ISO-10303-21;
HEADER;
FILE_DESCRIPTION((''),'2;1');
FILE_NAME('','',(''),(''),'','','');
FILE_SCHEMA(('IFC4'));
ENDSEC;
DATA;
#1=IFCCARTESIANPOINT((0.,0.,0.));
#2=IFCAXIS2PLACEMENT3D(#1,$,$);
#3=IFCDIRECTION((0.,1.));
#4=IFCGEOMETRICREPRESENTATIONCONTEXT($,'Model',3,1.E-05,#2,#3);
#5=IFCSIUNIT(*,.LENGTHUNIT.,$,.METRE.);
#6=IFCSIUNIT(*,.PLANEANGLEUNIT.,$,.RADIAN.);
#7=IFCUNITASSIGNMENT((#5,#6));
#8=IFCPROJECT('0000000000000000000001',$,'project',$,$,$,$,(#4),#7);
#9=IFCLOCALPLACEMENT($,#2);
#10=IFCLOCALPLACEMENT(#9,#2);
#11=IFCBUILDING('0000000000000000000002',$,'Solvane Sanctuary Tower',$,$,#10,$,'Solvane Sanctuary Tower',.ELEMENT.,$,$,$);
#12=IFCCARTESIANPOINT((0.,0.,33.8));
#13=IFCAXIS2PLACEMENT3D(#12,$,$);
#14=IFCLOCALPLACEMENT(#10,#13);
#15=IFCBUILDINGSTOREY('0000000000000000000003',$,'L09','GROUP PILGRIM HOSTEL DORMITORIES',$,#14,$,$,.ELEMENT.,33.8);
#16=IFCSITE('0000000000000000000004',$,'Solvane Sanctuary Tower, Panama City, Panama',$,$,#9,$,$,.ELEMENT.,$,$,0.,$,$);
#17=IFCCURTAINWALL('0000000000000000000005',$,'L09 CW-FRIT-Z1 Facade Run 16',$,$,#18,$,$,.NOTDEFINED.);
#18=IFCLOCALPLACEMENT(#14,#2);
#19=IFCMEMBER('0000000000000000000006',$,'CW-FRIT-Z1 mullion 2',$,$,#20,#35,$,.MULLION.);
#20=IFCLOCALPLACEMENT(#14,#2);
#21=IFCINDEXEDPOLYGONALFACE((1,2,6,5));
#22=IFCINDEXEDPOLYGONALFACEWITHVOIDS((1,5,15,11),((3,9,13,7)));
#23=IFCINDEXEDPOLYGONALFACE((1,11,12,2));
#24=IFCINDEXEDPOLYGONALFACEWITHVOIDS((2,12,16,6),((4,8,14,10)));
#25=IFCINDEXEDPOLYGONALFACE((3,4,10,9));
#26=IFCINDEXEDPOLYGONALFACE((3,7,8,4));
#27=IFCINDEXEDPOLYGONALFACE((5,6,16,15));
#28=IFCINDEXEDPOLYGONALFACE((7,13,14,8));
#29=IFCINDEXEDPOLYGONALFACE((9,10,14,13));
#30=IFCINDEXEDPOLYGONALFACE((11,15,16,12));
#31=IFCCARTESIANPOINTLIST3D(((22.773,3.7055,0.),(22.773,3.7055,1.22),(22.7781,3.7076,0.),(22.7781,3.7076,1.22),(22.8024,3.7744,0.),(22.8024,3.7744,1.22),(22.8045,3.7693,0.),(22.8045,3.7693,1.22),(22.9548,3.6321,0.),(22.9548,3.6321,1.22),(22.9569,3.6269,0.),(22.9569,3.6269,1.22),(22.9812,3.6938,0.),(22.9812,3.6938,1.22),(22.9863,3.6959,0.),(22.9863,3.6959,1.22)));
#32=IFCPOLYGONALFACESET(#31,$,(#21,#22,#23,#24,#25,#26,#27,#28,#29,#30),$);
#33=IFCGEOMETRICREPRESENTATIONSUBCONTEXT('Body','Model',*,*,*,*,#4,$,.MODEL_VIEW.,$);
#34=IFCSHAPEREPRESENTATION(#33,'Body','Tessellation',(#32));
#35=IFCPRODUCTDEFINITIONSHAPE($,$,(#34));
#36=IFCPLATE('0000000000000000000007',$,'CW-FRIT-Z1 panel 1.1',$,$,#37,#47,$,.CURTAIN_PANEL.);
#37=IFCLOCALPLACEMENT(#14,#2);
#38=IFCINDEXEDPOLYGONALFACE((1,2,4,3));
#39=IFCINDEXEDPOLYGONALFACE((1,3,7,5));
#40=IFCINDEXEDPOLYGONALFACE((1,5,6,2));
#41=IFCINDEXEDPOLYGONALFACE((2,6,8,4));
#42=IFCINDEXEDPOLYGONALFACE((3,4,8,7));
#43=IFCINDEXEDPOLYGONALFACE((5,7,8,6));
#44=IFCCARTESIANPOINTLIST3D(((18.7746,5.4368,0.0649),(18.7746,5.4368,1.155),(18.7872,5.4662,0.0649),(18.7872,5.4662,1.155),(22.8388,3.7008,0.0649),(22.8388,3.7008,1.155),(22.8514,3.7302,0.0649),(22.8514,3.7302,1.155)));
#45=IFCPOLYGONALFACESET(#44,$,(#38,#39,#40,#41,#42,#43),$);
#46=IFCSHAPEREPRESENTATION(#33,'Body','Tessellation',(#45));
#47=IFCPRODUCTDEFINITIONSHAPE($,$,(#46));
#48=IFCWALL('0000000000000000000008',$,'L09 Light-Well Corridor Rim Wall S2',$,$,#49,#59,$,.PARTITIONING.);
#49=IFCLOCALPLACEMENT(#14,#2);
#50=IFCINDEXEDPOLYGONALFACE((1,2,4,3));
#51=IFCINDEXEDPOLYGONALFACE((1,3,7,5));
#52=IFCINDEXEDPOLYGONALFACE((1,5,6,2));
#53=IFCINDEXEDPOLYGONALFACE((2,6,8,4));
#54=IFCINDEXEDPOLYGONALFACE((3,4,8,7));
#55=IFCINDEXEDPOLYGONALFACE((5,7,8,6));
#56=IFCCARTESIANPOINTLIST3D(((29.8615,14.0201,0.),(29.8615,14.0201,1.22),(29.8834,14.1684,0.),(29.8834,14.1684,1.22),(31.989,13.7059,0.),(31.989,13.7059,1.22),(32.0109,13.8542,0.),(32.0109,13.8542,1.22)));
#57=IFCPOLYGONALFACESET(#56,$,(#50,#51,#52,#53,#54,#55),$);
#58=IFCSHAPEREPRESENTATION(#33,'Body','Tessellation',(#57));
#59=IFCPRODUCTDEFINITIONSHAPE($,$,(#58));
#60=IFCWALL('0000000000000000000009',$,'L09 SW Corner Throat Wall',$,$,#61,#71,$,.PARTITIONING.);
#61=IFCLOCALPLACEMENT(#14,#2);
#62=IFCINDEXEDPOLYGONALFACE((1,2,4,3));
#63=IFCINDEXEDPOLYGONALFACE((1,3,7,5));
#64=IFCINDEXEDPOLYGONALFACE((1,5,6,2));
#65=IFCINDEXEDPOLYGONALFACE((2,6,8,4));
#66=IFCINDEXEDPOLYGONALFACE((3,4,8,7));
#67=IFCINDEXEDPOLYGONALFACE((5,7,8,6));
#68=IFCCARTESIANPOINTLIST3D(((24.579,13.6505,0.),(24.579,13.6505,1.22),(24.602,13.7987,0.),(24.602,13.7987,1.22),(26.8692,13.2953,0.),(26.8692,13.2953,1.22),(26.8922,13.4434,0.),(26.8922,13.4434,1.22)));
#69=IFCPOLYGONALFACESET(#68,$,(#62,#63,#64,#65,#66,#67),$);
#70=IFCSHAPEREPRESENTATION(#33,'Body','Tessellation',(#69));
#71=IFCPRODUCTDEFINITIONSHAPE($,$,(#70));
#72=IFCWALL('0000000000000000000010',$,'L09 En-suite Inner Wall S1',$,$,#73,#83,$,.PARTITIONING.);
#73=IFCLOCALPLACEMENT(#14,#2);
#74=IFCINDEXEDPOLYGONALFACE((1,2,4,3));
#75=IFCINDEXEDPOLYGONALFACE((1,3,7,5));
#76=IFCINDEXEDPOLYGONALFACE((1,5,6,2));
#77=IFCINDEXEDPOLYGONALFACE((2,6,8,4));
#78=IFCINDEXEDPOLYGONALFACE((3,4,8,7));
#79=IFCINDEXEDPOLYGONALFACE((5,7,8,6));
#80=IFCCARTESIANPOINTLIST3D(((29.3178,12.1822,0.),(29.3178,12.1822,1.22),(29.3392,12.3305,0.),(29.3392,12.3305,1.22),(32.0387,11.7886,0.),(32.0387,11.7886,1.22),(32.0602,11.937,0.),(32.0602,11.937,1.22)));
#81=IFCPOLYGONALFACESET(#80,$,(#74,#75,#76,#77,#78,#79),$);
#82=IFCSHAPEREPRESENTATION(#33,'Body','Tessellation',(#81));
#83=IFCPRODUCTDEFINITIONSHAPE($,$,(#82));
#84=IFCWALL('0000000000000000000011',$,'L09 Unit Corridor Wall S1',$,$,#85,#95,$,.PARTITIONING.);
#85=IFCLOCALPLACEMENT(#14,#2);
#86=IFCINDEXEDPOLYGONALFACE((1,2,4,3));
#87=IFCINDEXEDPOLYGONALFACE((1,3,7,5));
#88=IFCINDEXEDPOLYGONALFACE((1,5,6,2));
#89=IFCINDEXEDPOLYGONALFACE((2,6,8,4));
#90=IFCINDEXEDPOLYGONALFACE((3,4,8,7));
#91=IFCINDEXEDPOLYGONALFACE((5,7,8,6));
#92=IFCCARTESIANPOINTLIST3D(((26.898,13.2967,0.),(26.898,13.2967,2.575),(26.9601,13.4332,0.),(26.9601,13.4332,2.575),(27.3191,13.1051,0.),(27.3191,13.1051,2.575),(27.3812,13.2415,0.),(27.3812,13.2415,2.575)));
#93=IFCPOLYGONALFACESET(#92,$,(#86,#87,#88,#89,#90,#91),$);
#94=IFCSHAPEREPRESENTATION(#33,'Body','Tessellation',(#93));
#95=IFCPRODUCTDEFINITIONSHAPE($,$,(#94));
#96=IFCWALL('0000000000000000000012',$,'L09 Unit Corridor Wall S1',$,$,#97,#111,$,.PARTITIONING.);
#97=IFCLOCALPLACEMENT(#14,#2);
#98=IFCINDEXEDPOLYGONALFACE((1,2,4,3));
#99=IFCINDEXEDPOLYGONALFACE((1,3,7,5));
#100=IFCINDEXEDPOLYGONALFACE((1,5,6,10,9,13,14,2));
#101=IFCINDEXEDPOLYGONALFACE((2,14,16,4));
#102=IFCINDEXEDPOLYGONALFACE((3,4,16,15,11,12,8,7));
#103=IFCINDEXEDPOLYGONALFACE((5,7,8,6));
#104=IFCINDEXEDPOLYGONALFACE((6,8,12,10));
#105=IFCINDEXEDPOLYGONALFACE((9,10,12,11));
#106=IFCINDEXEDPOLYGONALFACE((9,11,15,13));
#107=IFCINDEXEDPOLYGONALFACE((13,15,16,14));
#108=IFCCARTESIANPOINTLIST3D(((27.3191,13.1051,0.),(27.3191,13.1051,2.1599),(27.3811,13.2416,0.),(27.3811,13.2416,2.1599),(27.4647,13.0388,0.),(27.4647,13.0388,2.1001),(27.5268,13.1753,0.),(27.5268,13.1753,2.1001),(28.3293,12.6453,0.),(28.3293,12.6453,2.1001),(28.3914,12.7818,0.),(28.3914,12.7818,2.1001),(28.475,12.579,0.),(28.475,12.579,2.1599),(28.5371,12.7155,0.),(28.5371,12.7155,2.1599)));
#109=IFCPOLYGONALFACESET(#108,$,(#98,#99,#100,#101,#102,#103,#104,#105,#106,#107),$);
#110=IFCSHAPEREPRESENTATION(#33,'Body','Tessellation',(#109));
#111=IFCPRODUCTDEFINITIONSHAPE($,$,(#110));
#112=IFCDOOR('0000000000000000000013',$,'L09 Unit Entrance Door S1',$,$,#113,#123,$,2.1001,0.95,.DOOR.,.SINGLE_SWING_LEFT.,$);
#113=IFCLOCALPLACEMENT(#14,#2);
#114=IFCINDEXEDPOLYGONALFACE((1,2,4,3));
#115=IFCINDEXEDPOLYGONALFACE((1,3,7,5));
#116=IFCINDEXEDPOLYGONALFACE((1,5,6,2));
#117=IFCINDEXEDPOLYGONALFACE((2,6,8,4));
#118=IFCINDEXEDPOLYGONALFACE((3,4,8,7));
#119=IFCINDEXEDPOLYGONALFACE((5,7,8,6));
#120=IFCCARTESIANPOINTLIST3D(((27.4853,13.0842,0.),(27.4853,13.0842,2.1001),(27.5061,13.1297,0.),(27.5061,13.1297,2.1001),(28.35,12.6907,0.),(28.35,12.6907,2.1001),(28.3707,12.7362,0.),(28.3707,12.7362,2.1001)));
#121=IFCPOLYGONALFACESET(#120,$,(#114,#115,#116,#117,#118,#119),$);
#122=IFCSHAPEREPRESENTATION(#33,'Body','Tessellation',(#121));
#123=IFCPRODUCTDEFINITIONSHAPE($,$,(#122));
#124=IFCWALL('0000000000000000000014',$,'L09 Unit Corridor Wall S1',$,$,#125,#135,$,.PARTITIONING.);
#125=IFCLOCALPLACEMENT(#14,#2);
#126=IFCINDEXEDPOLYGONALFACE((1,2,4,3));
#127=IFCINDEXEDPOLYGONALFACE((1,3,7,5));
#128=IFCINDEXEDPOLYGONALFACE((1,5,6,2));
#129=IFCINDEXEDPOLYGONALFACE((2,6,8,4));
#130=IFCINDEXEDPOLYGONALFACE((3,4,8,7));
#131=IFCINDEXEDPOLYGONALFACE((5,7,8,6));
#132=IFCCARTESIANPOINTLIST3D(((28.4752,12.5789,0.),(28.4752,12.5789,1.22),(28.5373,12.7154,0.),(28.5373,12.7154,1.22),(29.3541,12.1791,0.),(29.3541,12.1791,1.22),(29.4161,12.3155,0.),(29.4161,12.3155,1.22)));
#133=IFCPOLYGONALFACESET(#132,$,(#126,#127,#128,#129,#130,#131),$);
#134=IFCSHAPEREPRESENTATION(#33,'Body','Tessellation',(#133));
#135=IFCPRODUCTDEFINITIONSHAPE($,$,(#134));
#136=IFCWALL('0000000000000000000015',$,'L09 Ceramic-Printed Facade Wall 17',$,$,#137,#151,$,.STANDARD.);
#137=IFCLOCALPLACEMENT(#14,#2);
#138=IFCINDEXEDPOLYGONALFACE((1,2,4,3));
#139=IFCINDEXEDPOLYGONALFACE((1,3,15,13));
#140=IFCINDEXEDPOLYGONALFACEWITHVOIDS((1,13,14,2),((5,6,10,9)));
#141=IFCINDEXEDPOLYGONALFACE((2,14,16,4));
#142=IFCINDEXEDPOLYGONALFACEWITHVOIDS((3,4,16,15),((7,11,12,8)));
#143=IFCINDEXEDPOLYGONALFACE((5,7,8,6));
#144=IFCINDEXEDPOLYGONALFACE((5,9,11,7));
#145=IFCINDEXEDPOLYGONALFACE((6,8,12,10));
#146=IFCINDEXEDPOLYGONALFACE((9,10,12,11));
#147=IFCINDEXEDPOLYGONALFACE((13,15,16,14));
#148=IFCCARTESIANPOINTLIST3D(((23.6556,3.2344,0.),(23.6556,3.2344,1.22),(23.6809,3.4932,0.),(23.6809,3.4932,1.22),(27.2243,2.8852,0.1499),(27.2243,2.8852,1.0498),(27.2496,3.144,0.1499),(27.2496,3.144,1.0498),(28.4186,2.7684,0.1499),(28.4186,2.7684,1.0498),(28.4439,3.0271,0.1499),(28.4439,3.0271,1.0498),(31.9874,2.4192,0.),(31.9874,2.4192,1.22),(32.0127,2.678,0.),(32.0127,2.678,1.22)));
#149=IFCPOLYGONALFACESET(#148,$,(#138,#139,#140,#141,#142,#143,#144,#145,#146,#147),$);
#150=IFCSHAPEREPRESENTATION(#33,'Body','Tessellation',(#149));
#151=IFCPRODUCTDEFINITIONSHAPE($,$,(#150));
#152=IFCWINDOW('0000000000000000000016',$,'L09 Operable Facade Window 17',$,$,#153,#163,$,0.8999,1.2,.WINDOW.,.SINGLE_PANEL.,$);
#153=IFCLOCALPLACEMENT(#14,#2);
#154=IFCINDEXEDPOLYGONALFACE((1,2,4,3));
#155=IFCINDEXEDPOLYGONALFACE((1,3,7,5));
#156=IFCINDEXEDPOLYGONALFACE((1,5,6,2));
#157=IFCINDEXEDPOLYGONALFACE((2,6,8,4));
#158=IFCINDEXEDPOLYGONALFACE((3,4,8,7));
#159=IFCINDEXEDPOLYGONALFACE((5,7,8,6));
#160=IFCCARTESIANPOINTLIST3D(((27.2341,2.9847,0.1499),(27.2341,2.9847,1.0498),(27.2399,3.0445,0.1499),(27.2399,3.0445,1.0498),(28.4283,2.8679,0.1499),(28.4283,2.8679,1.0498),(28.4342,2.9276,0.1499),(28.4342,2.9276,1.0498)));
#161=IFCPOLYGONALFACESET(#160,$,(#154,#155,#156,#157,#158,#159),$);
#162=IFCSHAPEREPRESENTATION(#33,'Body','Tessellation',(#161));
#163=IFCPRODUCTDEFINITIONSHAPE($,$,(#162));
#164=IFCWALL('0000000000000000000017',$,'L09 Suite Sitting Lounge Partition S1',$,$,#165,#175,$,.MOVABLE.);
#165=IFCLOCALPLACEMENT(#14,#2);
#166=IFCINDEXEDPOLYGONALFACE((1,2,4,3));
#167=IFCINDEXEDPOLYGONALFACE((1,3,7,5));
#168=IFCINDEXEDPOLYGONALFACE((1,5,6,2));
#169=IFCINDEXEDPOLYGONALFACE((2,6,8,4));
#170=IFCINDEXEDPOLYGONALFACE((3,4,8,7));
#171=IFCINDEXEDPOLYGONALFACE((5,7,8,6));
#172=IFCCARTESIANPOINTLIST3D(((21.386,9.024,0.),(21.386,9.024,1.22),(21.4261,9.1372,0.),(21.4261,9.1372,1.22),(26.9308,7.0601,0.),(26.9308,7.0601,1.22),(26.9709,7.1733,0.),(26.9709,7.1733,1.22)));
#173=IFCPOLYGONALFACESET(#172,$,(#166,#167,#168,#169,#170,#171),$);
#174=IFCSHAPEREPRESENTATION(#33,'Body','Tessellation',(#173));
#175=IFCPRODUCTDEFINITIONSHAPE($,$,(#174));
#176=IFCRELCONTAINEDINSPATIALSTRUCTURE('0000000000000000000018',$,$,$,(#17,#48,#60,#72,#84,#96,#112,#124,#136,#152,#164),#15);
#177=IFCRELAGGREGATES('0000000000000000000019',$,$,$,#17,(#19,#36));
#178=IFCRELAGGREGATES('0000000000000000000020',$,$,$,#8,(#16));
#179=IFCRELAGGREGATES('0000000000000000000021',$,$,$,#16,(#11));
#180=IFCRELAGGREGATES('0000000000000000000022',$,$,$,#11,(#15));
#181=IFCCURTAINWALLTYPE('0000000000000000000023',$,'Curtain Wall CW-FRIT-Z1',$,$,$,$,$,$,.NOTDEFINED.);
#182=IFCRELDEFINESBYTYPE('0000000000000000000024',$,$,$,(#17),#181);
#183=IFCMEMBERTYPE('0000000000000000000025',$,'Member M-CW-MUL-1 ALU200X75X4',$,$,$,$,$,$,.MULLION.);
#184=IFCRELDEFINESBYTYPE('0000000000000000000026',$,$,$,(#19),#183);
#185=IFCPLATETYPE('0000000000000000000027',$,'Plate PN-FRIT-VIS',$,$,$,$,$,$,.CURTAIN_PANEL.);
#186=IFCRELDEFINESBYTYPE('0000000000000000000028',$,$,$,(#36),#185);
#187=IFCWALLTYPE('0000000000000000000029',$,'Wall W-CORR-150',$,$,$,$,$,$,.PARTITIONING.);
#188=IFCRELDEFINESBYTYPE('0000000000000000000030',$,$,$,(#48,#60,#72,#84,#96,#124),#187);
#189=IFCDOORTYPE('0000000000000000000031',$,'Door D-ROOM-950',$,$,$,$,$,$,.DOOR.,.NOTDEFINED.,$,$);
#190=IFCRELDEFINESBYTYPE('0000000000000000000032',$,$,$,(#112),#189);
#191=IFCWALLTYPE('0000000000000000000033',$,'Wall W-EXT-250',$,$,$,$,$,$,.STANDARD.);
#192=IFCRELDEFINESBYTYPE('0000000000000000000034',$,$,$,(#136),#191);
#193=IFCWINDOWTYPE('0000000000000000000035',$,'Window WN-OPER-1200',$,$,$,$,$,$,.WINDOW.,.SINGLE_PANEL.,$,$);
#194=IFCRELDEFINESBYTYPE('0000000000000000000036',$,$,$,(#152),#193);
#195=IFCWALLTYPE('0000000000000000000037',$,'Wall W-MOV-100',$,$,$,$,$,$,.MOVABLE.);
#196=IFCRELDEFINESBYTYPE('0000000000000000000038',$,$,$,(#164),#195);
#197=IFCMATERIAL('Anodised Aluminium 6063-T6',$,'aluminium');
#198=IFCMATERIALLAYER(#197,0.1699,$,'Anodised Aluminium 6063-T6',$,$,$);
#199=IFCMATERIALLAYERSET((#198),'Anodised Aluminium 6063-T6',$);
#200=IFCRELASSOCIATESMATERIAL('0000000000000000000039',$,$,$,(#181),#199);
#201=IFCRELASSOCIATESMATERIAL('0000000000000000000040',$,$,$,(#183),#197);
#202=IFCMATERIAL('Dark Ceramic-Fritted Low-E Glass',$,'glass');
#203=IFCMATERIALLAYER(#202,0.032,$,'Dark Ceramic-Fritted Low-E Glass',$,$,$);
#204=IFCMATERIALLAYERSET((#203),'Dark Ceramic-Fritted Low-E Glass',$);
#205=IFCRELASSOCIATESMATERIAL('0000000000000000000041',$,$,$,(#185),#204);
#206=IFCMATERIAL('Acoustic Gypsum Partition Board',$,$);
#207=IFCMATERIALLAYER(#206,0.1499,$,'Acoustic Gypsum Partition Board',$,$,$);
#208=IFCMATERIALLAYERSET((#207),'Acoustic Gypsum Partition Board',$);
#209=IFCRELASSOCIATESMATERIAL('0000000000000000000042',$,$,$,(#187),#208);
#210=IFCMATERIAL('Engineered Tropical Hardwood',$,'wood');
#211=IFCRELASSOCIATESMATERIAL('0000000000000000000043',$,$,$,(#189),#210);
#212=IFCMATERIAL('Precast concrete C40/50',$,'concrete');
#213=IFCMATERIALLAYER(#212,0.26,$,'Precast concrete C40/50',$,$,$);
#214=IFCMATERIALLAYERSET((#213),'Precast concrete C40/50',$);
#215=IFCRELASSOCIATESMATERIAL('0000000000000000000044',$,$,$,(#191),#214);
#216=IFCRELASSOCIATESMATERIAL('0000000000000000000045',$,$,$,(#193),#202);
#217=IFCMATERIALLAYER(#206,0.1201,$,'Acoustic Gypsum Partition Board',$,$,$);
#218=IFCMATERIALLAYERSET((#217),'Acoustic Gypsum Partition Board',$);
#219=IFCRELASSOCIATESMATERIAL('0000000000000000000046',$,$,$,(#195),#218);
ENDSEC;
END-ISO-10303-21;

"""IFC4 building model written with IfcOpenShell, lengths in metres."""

from ifc_helpers import new_model, si_unit, direction, frame, frame_2d, origin, origin_2d, place, context, subcontext, project, spatial, rectangle, hollow_rectangle, extrude, material, layer, layer_set, material_profile, profile_set, type_object, element, fill, aggregate, save


model = new_model("IFC4")

# Units and contexts
model_context = context("Model", 3, precision=1e-05, world=origin(), true_north=direction((0.0, 1.0)))
body_context = subcontext(model_context, "Body", "Model", "MODEL_VIEW")
ifc_project = project(units=[si_unit("LENGTHUNIT", "METRE"), si_unit("PLANEANGLEUNIT", "RADIAN")], contexts=[model_context])

# Site, building, storey
site_placement = place(None, origin())
site = spatial("IfcSite", under=ifc_project, at=site_placement, Name="Solvane Sanctuary Tower, Panama City, Panama", CompositionType="ELEMENT", RefElevation=0.0)
building_placement = place(site_placement, origin())
building = spatial("IfcBuilding", under=site, at=building_placement, Name="Solvane Sanctuary Tower", LongName="Solvane Sanctuary Tower", CompositionType="ELEMENT")
storey_placement = place(building_placement, frame((0.0, 0.0, 33.8)))
storey = spatial("IfcBuildingStorey", under=building, at=storey_placement, Name="L09", Description="GROUP PILGRIM HOSTEL DORMITORIES", CompositionType="ELEMENT", Elevation=33.8)

# Curtain wall, member, plate
ifc_material_1 = material(Name="Anodised Aluminium 6063-T6", Category="aluminium")
ifc_layer_1 = layer(ifc_material_1, 0.1699, Name="Anodised Aluminium 6063-T6")
ifc_layer_set_1 = layer_set([ifc_layer_1], Name="Anodised Aluminium 6063-T6")
curtain_wall_type = type_object("IfcCurtainWallType", Name="Curtain Wall CW-FRIT-Z1", PredefinedType="NOTDEFINED", material=ifc_layer_set_1)
curtain_wall_placement = place(storey_placement, origin())
curtain_wall = element("IfcCurtainWall", 1, at=curtain_wall_placement, inside=storey, type_object=curtain_wall_type, Name="L09 CW-FRIT-Z1 Facade Run 16", PredefinedType="NOTDEFINED")
ifc_material_profile_1 = material_profile(ifc_material_1, hollow_rectangle(XDim=0.075, YDim=0.2, WallThickness=0.0039, at=origin_2d()), Name="ALU200X75X4")
ifc_profile_set_1 = profile_set([ifc_material_profile_1], Name="Anodised Aluminium 6063-T6")
member_type = type_object("IfcMemberType", Name="Member M-CW-MUL-1 ALU200X75X4", PredefinedType="MULLION", material=ifc_profile_set_1)
member_placement = place(storey_placement, frame((22.8796, 3.7007, 0.0), z_axis=(0.0, 0.0, 1.0), x_axis=(0.39282, 0.919615, 0.0)))
member = element("IfcMember", 2, at=member_placement, type_object=member_type, Name="CW-FRIT-Z1 mullion 2", PredefinedType="MULLION", context=body_context, shape_type="SweptSolid", body=[
    extrude(hollow_rectangle(XDim=0.075, YDim=0.2, WallThickness=0.0039, at=origin_2d()), origin(), (0.0, 0.0, 1.0), 1.22),
])
ifc_material_2 = material(Name="Dark Ceramic-Fritted Low-E Glass", Category="glass")
ifc_layer_2 = layer(ifc_material_2, 0.032, Name="Dark Ceramic-Fritted Low-E Glass")
ifc_layer_set_2 = layer_set([ifc_layer_2], Name="Dark Ceramic-Fritted Low-E Glass")
plate_type = type_object("IfcPlateType", Name="Plate PN-FRIT-VIS", PredefinedType="CURTAIN_PANEL", material=ifc_layer_set_2)
plate_placement = place(storey_placement, frame((20.813, 4.5835, 0.0649), z_axis=(0.0, 0.0, 1.0), x_axis=(0.919615, -0.39282, 0.0)))
plate = element("IfcPlate", 3, at=plate_placement, type_object=plate_type, Name="CW-FRIT-Z1 panel 1.1", PredefinedType="CURTAIN_PANEL", context=body_context, shape_type="SweptSolid", body=[
    extrude(rectangle(XDim=4.4194, YDim=0.032, at=origin_2d()), origin(), (0.0, 0.0, 1.0), 1.0901),
])
aggregate(curtain_wall, [member, plate])

# Walls
ifc_material_3 = material(Name="Acoustic Gypsum Partition Board")
ifc_layer_3 = layer(ifc_material_3, 0.1499, Name="Acoustic Gypsum Partition Board")
ifc_layer_set_3 = layer_set([ifc_layer_3], Name="Acoustic Gypsum Partition Board")
wall_type_1 = type_object("IfcWallType", Name="Wall W-CORR-150", PredefinedType="PARTITIONING", material=ifc_layer_set_3)
wall_1_placement = place(storey_placement, frame((29.8726, 14.0942, 0.0), z_axis=(0.0, 0.0, 1.0), x_axis=(0.989269, -0.146108, 0.0)))
element("IfcWall", 4, at=wall_1_placement, inside=storey, type_object=wall_type_1, Name="L09 Light-Well Corridor Rim Wall S2", PredefinedType="PARTITIONING", context=body_context, shape_type="SweptSolid", body=[
    extrude(rectangle(XDim=2.1506, YDim=0.1499, at=frame_2d((1.0752, 0.0))), origin(), (0.0, 0.0, 1.0), 1.22),
])
wall_2_placement = place(storey_placement, frame((26.8806, 13.3694, 0.0), z_axis=(0.0, 0.0, 1.0), x_axis=(-0.988185, 0.153268, 0.0)))
element("IfcWall", 5, at=wall_2_placement, inside=storey, type_object=wall_type_1, Name="L09 SW Corner Throat Wall", PredefinedType="PARTITIONING", context=body_context, shape_type="SweptSolid", body=[
    extrude(rectangle(XDim=2.3176, YDim=0.1499, at=frame_2d((1.1587, 0.0))), origin(), (0.0, 0.0, 1.0), 1.22),
])
wall_3_placement = place(storey_placement, frame((29.3286, 12.2563, 0.0), z_axis=(0.0, 0.0, 1.0), x_axis=(0.989701, -0.143149, 0.0)))
element("IfcWall", 6, at=wall_3_placement, inside=storey, type_object=wall_type_1, Name="L09 En-suite Inner Wall S1", PredefinedType="PARTITIONING", context=body_context, shape_type="SweptSolid", body=[
    extrude(rectangle(XDim=2.7493, YDim=0.1499, at=frame_2d((1.3745, 0.0))), origin(), (0.0, 0.0, 1.0), 1.22),
])
wall_4_placement = place(storey_placement, frame((26.929, 13.365, 0.0), z_axis=(0.0, 0.0, 1.0), x_axis=(0.910186, -0.4142, 0.0)))
element("IfcWall", 7, at=wall_4_placement, inside=storey, type_object=wall_type_1, Name="L09 Unit Corridor Wall S1", PredefinedType="PARTITIONING", context=body_context, shape_type="SweptSolid", body=[
    extrude(rectangle(XDim=0.4626, YDim=0.1499, at=frame_2d((0.2314, 0.0))), origin(), (0.0, 0.0, 1.0), 2.575),
])

# Wall, opening, door
wall_5_placement = place(storey_placement, frame((27.3501, 13.1733, 0.0), z_axis=(0.0, 0.0, 1.0), x_axis=(0.910169, -0.414237, 0.0)))
wall_5 = element("IfcWall", 8, at=wall_5_placement, inside=storey, type_object=wall_type_1, Name="L09 Unit Corridor Wall S1", PredefinedType="PARTITIONING", context=body_context, shape_type="SweptSolid", body=[
    extrude(rectangle(XDim=1.27, YDim=0.1499, at=frame_2d((0.635, 0.0))), origin(), (0.0, 0.0, 1.0), 2.1599),
])
opening_1_placement = place(wall_5_placement, frame((0.1599, 0.0, 0.0)))
opening_1 = element("IfcOpeningElement", 9, at=opening_1_placement, cuts=wall_5, PredefinedType="OPENING", context=body_context, shape_type="SweptSolid", body=[
    extrude(rectangle(XDim=0.95, YDim=2.1001, at=frame_2d((0.4751, 1.05))), frame((0.0, 0.085, 0.0), z_axis=(0.0, -1.0, 0.0), x_axis=(1.0, 0.0, 0.0)), (0.0, 0.0, 1.0), 0.1699),
])
ifc_material_4 = material(Name="Engineered Tropical Hardwood", Category="wood")
door_type_1 = type_object("IfcDoorType", Name="Door D-ROOM-950", OperationType="NOTDEFINED", PredefinedType="DOOR", material=ifc_material_4)
door_1_placement = place(opening_1_placement, origin())
door_1 = element("IfcDoor", 10, at=door_1_placement, inside=storey, type_object=door_type_1, Name="L09 Unit Entrance Door S1", OperationType="SINGLE_SWING_LEFT", OverallHeight=2.1001, OverallWidth=0.95, PredefinedType="DOOR", context=body_context, shape_type="SweptSolid", body=[
    extrude(rectangle(XDim=0.95, YDim=2.1001, at=frame_2d((0.4751, 1.05))), frame((0.0, 0.0249, 0.0), z_axis=(0.0, -1.0, 0.0), x_axis=(1.0, 0.0, 0.0)), (0.0, 0.0, 1.0), 0.05),
])
fill(opening_1, door_1)

# Wall
wall_6_placement = place(storey_placement, frame((28.5061, 12.6472, 0.0), z_axis=(0.0, 0.0, 1.0), x_axis=(0.910211, -0.414146, 0.0)))
element("IfcWall", 11, at=wall_6_placement, inside=storey, type_object=wall_type_1, Name="L09 Unit Corridor Wall S1", PredefinedType="PARTITIONING", context=body_context, shape_type="SweptSolid", body=[
    extrude(rectangle(XDim=0.9656, YDim=0.1499, at=frame_2d((0.4829, 0.0))), origin(), (0.0, 0.0, 1.0), 1.22),
])

# Wall, opening, window
ifc_material_5 = material(Name="Precast concrete C40/50", Category="concrete")
ifc_layer_4 = layer(ifc_material_5, 0.26, Name="Precast concrete C40/50")
ifc_layer_set_4 = layer_set([ifc_layer_4], Name="Precast concrete C40/50")
wall_type_2 = type_object("IfcWallType", Name="Wall W-EXT-250", PredefinedType="STANDARD", material=ifc_layer_set_4)
wall_7_placement = place(storey_placement, frame((23.6682, 3.3638, 0.0), z_axis=(0.0, 0.0, 1.0), x_axis=(0.995248, -0.097375, 0.0)))
wall_7 = element("IfcWall", 12, at=wall_7_placement, inside=storey, type_object=wall_type_2, Name="L09 Ceramic-Printed Facade Wall 17", PredefinedType="STANDARD", context=body_context, shape_type="SweptSolid", body=[
    extrude(rectangle(XDim=8.3716, YDim=0.26, at=frame_2d((4.1858, 0.0))), origin(), (0.0, 0.0, 1.0), 1.22),
])
opening_2_placement = place(wall_7_placement, frame((3.5857, 0.0, 0.1499)))
opening_2 = element("IfcOpeningElement", 13, at=opening_2_placement, cuts=wall_7, PredefinedType="OPENING", context=body_context, shape_type="SweptSolid", body=[
    extrude(rectangle(XDim=1.2, YDim=0.8999, at=frame_2d((0.6001, 0.45))), frame((0.0, 0.1399, 0.0), z_axis=(0.0, -1.0, 0.0), x_axis=(1.0, 0.0, 0.0)), (0.0, 0.0, 1.0), 0.28),
])
window_type = type_object("IfcWindowType", Name="Window WN-OPER-1200", PartitioningType="SINGLE_PANEL", PredefinedType="WINDOW", material=ifc_material_2)
window_placement = place(opening_2_placement, origin())
window = element("IfcWindow", 14, at=window_placement, inside=storey, type_object=window_type, Name="L09 Operable Facade Window 17", OverallHeight=0.8999, OverallWidth=1.2, PartitioningType="SINGLE_PANEL", PredefinedType="WINDOW", context=body_context, shape_type="SweptSolid", body=[
    extrude(rectangle(XDim=1.2, YDim=0.8999, at=frame_2d((0.6001, 0.45))), frame((0.0, 0.03, 0.0), z_axis=(0.0, -1.0, 0.0), x_axis=(1.0, 0.0, 0.0)), (0.0, 0.0, 1.0), 0.0601),
])
fill(opening_2, window)

# Wall
ifc_layer_5 = layer(ifc_material_3, 0.1201, Name="Acoustic Gypsum Partition Board")
ifc_layer_set_5 = layer_set([ifc_layer_5], Name="Acoustic Gypsum Partition Board")
wall_type_3 = type_object("IfcWallType", Name="Wall W-MOV-100", PredefinedType="MOVABLE", material=ifc_layer_set_5)
wall_8_placement = place(storey_placement, frame((21.406, 9.0806, 0.0), z_axis=(0.0, 0.0, 1.0), x_axis=(0.942625, -0.333853, 0.0)))
element("IfcWall", 15, at=wall_8_placement, inside=storey, type_object=wall_type_3, Name="L09 Suite Sitting Lounge Partition S1", PredefinedType="MOVABLE", context=body_context, shape_type="SweptSolid", body=[
    extrude(rectangle(XDim=5.8823, YDim=0.1201, at=frame_2d((2.9412, 0.0))), origin(), (0.0, 0.0, 1.0), 1.22),
])

save(model, "model.ifc")
